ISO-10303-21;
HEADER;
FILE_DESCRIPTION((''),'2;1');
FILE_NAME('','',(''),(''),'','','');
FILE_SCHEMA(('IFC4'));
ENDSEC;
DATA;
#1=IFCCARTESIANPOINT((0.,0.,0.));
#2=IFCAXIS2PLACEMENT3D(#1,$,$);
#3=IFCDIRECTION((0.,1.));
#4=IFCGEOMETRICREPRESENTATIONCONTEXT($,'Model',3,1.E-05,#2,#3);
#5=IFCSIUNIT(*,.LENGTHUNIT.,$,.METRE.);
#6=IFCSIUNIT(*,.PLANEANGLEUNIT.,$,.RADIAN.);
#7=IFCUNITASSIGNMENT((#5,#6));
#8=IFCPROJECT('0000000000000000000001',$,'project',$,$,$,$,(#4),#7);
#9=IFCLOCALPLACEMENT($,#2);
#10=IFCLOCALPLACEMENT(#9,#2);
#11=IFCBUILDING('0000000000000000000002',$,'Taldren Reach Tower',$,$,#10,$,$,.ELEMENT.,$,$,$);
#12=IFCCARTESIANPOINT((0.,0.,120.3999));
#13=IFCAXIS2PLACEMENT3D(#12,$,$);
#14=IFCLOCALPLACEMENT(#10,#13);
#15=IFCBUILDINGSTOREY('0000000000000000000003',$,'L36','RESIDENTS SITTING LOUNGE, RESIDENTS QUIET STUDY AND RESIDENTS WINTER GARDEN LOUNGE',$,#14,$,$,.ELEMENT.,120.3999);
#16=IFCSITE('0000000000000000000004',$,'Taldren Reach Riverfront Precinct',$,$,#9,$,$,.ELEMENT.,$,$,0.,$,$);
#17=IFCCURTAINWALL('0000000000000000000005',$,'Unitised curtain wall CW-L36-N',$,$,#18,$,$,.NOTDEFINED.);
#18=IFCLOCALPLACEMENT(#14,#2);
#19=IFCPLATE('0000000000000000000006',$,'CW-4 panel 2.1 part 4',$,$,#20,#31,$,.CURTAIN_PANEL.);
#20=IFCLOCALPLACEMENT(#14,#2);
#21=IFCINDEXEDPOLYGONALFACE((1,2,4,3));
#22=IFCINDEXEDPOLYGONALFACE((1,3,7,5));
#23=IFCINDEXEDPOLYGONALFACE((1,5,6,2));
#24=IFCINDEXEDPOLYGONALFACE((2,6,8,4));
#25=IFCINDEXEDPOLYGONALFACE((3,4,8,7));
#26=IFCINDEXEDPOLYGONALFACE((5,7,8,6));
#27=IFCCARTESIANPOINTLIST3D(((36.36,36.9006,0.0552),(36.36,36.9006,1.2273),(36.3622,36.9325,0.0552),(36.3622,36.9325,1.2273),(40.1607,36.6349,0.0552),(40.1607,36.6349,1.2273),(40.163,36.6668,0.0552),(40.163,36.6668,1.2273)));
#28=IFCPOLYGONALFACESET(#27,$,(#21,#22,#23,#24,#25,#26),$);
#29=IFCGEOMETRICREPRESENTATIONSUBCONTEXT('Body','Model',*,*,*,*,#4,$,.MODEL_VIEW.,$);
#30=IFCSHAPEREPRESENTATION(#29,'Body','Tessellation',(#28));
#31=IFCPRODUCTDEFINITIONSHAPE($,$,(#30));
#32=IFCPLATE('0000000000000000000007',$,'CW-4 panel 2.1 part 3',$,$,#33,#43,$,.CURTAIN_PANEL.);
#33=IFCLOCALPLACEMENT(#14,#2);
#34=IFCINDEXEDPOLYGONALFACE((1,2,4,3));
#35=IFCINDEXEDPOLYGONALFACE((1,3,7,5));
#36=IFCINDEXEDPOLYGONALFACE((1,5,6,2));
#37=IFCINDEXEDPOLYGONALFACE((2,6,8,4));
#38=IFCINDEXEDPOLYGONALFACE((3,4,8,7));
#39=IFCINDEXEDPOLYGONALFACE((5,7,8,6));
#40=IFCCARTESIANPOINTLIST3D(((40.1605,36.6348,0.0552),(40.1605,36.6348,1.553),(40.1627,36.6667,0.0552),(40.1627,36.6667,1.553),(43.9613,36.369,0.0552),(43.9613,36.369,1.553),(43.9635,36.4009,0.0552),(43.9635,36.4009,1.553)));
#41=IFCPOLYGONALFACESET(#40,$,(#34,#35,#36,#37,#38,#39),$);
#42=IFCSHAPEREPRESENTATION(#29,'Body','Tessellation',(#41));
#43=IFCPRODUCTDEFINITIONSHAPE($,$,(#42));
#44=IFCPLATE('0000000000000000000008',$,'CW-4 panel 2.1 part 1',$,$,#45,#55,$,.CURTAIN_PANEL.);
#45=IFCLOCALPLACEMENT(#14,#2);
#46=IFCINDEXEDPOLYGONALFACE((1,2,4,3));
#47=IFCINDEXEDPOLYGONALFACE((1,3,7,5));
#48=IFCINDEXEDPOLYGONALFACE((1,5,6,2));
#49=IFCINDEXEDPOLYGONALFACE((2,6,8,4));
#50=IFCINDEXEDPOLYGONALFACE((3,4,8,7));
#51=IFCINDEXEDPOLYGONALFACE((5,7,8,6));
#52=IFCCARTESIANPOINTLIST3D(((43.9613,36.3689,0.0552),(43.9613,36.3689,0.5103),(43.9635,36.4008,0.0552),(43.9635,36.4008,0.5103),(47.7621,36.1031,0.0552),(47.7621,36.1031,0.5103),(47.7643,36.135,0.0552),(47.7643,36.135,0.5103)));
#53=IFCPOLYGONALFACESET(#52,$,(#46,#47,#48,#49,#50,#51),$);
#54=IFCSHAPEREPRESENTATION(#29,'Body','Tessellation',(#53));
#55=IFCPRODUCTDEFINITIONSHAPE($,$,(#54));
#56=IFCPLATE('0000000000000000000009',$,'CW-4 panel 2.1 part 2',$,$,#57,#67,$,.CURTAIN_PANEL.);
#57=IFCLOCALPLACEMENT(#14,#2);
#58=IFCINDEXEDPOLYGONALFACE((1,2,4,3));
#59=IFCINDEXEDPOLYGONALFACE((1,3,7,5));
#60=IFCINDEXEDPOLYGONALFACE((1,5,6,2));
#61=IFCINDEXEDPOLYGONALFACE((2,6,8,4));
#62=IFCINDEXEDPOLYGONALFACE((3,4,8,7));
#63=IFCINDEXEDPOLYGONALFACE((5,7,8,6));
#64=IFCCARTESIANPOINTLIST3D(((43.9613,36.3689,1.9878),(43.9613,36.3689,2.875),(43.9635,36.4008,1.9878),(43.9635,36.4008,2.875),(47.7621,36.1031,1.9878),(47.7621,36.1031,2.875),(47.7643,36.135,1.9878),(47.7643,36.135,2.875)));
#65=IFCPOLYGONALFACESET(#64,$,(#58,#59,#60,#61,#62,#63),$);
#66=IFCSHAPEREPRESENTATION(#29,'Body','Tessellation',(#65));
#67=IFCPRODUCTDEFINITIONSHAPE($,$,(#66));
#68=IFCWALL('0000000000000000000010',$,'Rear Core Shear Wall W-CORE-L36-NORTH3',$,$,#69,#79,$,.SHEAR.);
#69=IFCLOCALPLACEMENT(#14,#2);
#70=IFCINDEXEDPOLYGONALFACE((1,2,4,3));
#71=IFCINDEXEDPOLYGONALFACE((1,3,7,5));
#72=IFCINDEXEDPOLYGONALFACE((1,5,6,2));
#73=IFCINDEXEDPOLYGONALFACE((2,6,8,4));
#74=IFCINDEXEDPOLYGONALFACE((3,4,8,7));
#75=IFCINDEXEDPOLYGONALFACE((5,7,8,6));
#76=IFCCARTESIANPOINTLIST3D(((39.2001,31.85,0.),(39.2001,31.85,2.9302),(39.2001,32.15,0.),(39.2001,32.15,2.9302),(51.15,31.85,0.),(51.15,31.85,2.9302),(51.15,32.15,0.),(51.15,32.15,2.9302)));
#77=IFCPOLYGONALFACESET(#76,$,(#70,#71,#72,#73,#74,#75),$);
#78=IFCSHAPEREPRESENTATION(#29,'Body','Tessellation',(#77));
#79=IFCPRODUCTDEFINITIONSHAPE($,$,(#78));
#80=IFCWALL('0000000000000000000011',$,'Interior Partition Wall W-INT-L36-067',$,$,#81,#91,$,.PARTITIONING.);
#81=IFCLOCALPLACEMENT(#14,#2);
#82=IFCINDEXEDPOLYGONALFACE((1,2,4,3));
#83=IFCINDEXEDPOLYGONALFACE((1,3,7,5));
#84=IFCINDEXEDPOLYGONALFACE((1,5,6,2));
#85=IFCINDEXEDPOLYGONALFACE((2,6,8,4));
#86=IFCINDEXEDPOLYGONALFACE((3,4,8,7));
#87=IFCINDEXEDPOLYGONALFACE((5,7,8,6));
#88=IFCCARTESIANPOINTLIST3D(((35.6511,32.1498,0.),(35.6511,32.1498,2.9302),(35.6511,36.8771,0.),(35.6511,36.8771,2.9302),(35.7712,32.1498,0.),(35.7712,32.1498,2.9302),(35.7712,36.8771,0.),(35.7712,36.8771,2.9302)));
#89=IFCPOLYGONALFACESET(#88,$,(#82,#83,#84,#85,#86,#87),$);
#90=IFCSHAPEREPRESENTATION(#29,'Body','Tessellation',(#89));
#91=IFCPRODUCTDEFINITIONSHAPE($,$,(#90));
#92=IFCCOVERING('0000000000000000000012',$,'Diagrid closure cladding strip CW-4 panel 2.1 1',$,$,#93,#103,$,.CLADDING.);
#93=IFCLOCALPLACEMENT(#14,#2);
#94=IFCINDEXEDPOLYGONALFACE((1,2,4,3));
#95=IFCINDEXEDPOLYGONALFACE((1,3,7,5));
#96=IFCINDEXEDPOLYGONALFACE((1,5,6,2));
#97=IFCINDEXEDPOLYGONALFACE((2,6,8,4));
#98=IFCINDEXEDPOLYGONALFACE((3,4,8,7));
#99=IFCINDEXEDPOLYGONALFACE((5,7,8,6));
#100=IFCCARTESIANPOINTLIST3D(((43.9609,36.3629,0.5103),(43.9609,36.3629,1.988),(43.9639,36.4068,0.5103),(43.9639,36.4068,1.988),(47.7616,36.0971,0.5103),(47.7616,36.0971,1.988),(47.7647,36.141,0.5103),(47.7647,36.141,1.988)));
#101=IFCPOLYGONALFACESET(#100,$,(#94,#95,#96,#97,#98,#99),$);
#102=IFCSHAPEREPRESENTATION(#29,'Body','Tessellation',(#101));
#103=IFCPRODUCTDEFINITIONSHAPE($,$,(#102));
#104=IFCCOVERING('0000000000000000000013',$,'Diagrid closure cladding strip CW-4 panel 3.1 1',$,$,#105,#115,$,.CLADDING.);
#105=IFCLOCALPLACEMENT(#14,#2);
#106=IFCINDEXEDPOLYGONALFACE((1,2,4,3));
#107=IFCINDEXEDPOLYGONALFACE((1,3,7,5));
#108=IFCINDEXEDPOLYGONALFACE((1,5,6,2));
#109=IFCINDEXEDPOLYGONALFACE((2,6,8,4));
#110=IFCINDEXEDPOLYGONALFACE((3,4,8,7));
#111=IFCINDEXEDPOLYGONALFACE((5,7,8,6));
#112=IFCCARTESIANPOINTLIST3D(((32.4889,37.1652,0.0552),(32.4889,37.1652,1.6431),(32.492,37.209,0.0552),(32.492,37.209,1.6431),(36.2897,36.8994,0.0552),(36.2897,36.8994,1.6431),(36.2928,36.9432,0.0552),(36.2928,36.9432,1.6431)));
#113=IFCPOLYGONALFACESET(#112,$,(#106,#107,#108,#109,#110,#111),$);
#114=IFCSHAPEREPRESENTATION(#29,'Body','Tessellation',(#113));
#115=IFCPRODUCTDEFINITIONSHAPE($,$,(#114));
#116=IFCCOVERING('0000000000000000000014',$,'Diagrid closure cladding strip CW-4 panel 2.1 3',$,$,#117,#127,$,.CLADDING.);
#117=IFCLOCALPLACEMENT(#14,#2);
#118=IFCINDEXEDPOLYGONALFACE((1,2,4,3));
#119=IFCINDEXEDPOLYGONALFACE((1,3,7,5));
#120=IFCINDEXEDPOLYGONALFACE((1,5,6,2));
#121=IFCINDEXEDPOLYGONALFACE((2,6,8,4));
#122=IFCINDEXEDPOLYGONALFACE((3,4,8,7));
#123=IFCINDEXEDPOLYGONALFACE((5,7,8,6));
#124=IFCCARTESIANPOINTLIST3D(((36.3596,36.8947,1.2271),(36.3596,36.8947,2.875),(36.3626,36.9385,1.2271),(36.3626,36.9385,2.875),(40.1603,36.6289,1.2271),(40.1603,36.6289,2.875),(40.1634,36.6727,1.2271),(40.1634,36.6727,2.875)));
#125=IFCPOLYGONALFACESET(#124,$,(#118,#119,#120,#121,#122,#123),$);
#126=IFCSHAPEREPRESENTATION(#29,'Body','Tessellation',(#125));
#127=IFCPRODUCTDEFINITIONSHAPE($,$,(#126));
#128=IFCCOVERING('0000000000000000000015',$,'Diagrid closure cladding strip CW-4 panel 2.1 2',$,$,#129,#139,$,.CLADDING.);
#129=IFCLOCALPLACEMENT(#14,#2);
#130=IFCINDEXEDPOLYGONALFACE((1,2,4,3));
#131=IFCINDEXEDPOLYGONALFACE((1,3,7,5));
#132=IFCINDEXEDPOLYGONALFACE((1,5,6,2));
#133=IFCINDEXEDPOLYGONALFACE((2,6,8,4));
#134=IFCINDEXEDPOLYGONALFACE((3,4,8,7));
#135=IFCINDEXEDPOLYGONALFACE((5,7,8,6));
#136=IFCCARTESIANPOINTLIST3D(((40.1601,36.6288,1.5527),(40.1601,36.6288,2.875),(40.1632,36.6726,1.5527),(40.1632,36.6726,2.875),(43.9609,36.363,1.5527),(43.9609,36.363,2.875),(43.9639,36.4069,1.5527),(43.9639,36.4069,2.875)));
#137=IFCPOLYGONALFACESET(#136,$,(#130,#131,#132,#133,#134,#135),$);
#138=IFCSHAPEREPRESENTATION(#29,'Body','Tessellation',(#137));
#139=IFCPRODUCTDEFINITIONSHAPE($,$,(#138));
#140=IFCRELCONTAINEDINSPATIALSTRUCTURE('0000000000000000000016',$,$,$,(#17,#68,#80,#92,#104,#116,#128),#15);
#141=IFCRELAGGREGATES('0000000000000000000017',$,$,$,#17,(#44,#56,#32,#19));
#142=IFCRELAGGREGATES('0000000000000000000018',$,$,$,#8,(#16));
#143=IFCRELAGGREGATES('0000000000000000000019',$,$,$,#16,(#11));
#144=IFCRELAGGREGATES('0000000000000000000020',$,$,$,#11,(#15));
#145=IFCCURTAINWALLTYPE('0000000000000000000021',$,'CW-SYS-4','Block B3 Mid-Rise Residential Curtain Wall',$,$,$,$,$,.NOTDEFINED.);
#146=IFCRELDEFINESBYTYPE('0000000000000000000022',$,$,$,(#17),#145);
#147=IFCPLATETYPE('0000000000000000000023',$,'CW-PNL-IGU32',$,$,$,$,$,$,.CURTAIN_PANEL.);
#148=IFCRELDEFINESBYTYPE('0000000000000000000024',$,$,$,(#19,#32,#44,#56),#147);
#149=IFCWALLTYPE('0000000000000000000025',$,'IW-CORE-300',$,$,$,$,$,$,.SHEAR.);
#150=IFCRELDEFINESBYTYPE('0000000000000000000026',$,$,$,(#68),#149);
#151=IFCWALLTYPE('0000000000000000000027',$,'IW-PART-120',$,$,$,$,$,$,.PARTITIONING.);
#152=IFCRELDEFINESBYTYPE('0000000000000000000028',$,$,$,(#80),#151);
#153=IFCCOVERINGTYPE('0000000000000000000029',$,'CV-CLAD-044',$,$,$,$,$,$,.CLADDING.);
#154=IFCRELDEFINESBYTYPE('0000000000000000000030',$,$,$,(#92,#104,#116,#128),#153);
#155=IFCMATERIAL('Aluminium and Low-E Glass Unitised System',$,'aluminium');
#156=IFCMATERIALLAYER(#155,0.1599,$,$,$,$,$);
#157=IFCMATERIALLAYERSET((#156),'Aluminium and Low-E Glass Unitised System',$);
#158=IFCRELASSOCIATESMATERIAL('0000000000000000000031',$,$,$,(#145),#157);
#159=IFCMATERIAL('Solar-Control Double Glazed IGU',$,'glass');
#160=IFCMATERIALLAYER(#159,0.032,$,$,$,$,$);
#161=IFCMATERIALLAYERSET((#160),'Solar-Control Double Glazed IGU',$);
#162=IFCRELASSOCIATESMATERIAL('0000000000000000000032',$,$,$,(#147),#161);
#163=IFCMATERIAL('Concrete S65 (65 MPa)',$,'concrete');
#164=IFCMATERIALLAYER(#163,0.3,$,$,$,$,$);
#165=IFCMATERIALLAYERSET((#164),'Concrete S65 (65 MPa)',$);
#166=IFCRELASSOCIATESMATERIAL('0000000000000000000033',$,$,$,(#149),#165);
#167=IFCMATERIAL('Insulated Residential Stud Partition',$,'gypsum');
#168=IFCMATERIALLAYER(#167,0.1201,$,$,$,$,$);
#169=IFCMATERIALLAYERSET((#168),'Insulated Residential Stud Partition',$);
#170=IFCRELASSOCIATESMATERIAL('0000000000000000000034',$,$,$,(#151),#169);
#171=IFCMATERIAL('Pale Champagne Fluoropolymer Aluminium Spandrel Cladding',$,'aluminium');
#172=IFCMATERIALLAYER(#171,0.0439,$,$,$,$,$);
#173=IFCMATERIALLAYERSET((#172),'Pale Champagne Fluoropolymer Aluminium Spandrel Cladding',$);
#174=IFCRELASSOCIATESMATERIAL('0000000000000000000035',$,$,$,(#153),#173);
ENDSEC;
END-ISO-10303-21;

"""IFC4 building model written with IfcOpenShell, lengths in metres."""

from ifc_helpers import new_model, si_unit, direction, frame, frame_2d, origin, origin_2d, place, context, subcontext, project, spatial, rectangle, extrude, source, transform, mapped, material, layer, layer_set, type_object, element, aggregate, save


model = new_model("IFC4")

# Units and contexts
model_context = context("Model", 3, precision=1e-05, world=origin(), true_north=direction((0.0, 1.0)))
body_context = subcontext(model_context, "Body", "Model", "MODEL_VIEW")
ifc_project = project(units=[si_unit("LENGTHUNIT", "METRE"), si_unit("PLANEANGLEUNIT", "RADIAN")], contexts=[model_context])

# Site, building, storey
site_placement = place(None, origin())
site = spatial("IfcSite", under=ifc_project, at=site_placement, Name="Taldren Reach Riverfront Precinct", CompositionType="ELEMENT", RefElevation=0.0)
building_placement = place(site_placement, origin())
building = spatial("IfcBuilding", under=site, at=building_placement, Name="Taldren Reach Tower", CompositionType="ELEMENT")
storey_placement = place(building_placement, frame((0.0, 0.0, 120.3999)))
storey = spatial("IfcBuildingStorey", under=building, at=storey_placement, Name="L36", Description="RESIDENTS SITTING LOUNGE, RESIDENTS QUIET STUDY AND RESIDENTS WINTER GARDEN LOUNGE", CompositionType="ELEMENT", Elevation=120.3999)

# Curtain wall
ifc_material_1 = material(Name="Aluminium and Low-E Glass Unitised System", Category="aluminium")
ifc_layer_1 = layer(ifc_material_1, 0.1599)
ifc_layer_set_1 = layer_set([ifc_layer_1], Name="Aluminium and Low-E Glass Unitised System")
curtain_wall_type = type_object("IfcCurtainWallType", Name="CW-SYS-4", Description="Block B3 Mid-Rise Residential Curtain Wall", PredefinedType="NOTDEFINED", material=ifc_layer_set_1)
curtain_wall_placement = place(storey_placement, origin())
curtain_wall = element("IfcCurtainWall", 1, at=curtain_wall_placement, inside=storey, type_object=curtain_wall_type, Name="Unitised curtain wall CW-L36-N", PredefinedType="NOTDEFINED")

# Plates
ifc_material_2 = material(Name="Solar-Control Double Glazed IGU", Category="glass")
ifc_layer_2 = layer(ifc_material_2, 0.032)
ifc_layer_set_2 = layer_set([ifc_layer_2], Name="Solar-Control Double Glazed IGU")
plate_type_1 = type_object("IfcPlateType", Name="CW-PNL-IGU32", PredefinedType="CURTAIN_PANEL", material=ifc_layer_set_2)
shared_shape_1 = source(origin(), body_context, "Body", "SweptSolid", [
    extrude(rectangle(XDim=3.8101, YDim=0.032, at=origin_2d()), origin(), (0.0, 0.0, 1.0), 1.1721),
])
plate_1_placement = place(storey_placement, frame((38.2615, 36.7837, 0.0552), z_axis=(0.0, 0.0, 1.0), x_axis=(-0.997564, 0.069757, 0.0)))
plate_1 = element("IfcPlate", 2, at=plate_1_placement, type_object=plate_type_1, Name="CW-4 panel 2.1 part 4", PredefinedType="CURTAIN_PANEL", context=body_context, shape_type="MappedRepresentation", body=[
    mapped(shared_shape_1, transform((0.0, 0.0, 0.0), scale=1.0)),
])
shared_shape_2 = source(origin(), body_context, "Body", "SweptSolid", [
    extrude(rectangle(XDim=3.8101, YDim=0.032, at=origin_2d()), origin(), (0.0, 0.0, 1.0), 1.4978),
])
plate_2_placement = place(storey_placement, frame((42.062, 36.5178, 0.0552), z_axis=(0.0, 0.0, 1.0), x_axis=(-0.997564, 0.069757, 0.0)))
plate_2 = element("IfcPlate", 3, at=plate_2_placement, type_object=plate_type_1, Name="CW-4 panel 2.1 part 3", PredefinedType="CURTAIN_PANEL", context=body_context, shape_type="MappedRepresentation", body=[
    mapped(shared_shape_2, transform((0.0, 0.0, 0.0), scale=1.0)),
])
shared_shape_3 = source(origin(), body_context, "Body", "SweptSolid", [
    extrude(rectangle(XDim=3.8101, YDim=0.032, at=origin_2d()), origin(), (0.0, 0.0, 1.0), 0.4551),
])
plate_3_placement = place(storey_placement, frame((45.8628, 36.252, 0.0552), z_axis=(0.0, 0.0, 1.0), x_axis=(-0.997564, 0.069757, 0.0)))
plate_3 = element("IfcPlate", 4, at=plate_3_placement, type_object=plate_type_1, Name="CW-4 panel 2.1 part 1", PredefinedType="CURTAIN_PANEL", context=body_context, shape_type="MappedRepresentation", body=[
    mapped(shared_shape_3, transform((0.0, 0.0, 0.0), scale=1.0)),
])
shared_shape_4 = source(origin(), body_context, "Body", "SweptSolid", [
    extrude(rectangle(XDim=3.8101, YDim=0.032, at=origin_2d()), origin(), (0.0, 0.0, 1.0), 0.8872),
])
plate_4_placement = place(storey_placement, frame((45.8628, 36.252, 1.9878), z_axis=(0.0, 0.0, 1.0), x_axis=(-0.997564, 0.069757, 0.0)))
plate_4 = element("IfcPlate", 5, at=plate_4_placement, type_object=plate_type_1, Name="CW-4 panel 2.1 part 2", PredefinedType="CURTAIN_PANEL", context=body_context, shape_type="MappedRepresentation", body=[
    mapped(shared_shape_4, transform((0.0, 0.0, 0.0), scale=1.0)),
])
aggregate(curtain_wall, [plate_3, plate_4, plate_2, plate_1])

# Walls
ifc_material_3 = material(Name="Concrete S65 (65 MPa)", Category="concrete")
ifc_layer_3 = layer(ifc_material_3, 0.3)
ifc_layer_set_3 = layer_set([ifc_layer_3], Name="Concrete S65 (65 MPa)")
wall_type_1 = type_object("IfcWallType", Name="IW-CORE-300", PredefinedType="SHEAR", material=ifc_layer_set_3)
shared_shape_5 = source(origin(), body_context, "Body", "SweptSolid", [
    extrude(rectangle(XDim=11.95, YDim=0.3, at=frame_2d((5.9751, 0.0))), origin(), (0.0, 0.0, 1.0), 2.9302),
])
wall_1_placement = place(storey_placement, frame((39.2, 32.0, 0.0), z_axis=(0.0, 0.0, 1.0), x_axis=(1.0, 0.0, 0.0)))
element("IfcWall", 6, at=wall_1_placement, inside=storey, type_object=wall_type_1, Name="Rear Core Shear Wall W-CORE-L36-NORTH3", PredefinedType="SHEAR", context=body_context, shape_type="MappedRepresentation", body=[
    mapped(shared_shape_5, transform((0.0, 0.0, 0.0), scale=1.0)),
])
ifc_material_4 = material(Name="Insulated Residential Stud Partition", Category="gypsum")
ifc_layer_4 = layer(ifc_material_4, 0.1201)
ifc_layer_set_4 = layer_set([ifc_layer_4], Name="Insulated Residential Stud Partition")
wall_type_2 = type_object("IfcWallType", Name="IW-PART-120", PredefinedType="PARTITIONING", material=ifc_layer_set_4)
shared_shape_6 = source(origin(), body_context, "Body", "SweptSolid", [
    extrude(rectangle(XDim=4.7273, YDim=0.1201, at=frame_2d((2.3638, 0.0))), origin(), (0.0, 0.0, 1.0), 2.9302),
])
wall_2_placement = place(storey_placement, frame((35.7112, 36.8772, 0.0), z_axis=(0.0, 0.0, 1.0), x_axis=(0.0, -1.0, 0.0)))
element("IfcWall", 7, at=wall_2_placement, inside=storey, type_object=wall_type_2, Name="Interior Partition Wall W-INT-L36-067", PredefinedType="PARTITIONING", context=body_context, shape_type="MappedRepresentation", body=[
    mapped(shared_shape_6, transform((0.0, 0.0, 0.0), scale=1.0)),
])

# Coverings
ifc_material_5 = material(Name="Pale Champagne Fluoropolymer Aluminium Spandrel Cladding", Category="aluminium")
ifc_layer_5 = layer(ifc_material_5, 0.0439)
ifc_layer_set_5 = layer_set([ifc_layer_5], Name="Pale Champagne Fluoropolymer Aluminium Spandrel Cladding")
covering_type = type_object("IfcCoveringType", Name="CV-CLAD-044", PredefinedType="CLADDING", material=ifc_layer_set_5)
shared_shape_7 = source(origin(), body_context, "Body", "SweptSolid", [
    extrude(rectangle(XDim=3.8101, YDim=0.0439, at=origin_2d()), origin(), (0.0, 0.0, 1.0), 1.4778),
])
covering_1_placement = place(storey_placement, frame((45.8628, 36.252, 0.5103), z_axis=(0.0, 0.0, 1.0), x_axis=(-0.997564, 0.069757, 0.0)))
element("IfcCovering", 8, at=covering_1_placement, inside=storey, type_object=covering_type, Name="Diagrid closure cladding strip CW-4 panel 2.1 1", PredefinedType="CLADDING", context=body_context, shape_type="MappedRepresentation", body=[
    mapped(shared_shape_7, transform((0.0, 0.0, 0.0), scale=1.0)),
])
shared_shape_8 = source(origin(), body_context, "Body", "SweptSolid", [
    extrude(rectangle(XDim=3.8101, YDim=0.0439, at=origin_2d()), origin(), (0.0, 0.0, 1.0), 1.5879),
])
covering_2_placement = place(storey_placement, frame((34.3909, 37.0542, 0.0552), z_axis=(0.0, 0.0, 1.0), x_axis=(-0.997564, 0.069757, 0.0)))
element("IfcCovering", 9, at=covering_2_placement, inside=storey, type_object=covering_type, Name="Diagrid closure cladding strip CW-4 panel 3.1 1", PredefinedType="CLADDING", context=body_context, shape_type="MappedRepresentation", body=[
    mapped(shared_shape_8, transform((0.0, 0.0, 0.0), scale=1.0)),
])
shared_shape_9 = source(origin(), body_context, "Body", "SweptSolid", [
    extrude(rectangle(XDim=3.8101, YDim=0.0439, at=origin_2d()), origin(), (0.0, 0.0, 1.0), 1.6479),
])
covering_3_placement = place(storey_placement, frame((38.2615, 36.7837, 1.2271), z_axis=(0.0, 0.0, 1.0), x_axis=(-0.997564, 0.069757, 0.0)))
element("IfcCovering", 10, at=covering_3_placement, inside=storey, type_object=covering_type, Name="Diagrid closure cladding strip CW-4 panel 2.1 3", PredefinedType="CLADDING", context=body_context, shape_type="MappedRepresentation", body=[
    mapped(shared_shape_9, transform((0.0, 0.0, 0.0), scale=1.0)),
])
shared_shape_10 = source(origin(), body_context, "Body", "SweptSolid", [
    extrude(rectangle(XDim=3.8101, YDim=0.0439, at=origin_2d()), origin(), (0.0, 0.0, 1.0), 1.3223),
])
covering_4_placement = place(storey_placement, frame((42.062, 36.5178, 1.5527), z_axis=(0.0, 0.0, 1.0), x_axis=(-0.997564, 0.069757, 0.0)))
element("IfcCovering", 11, at=covering_4_placement, inside=storey, type_object=covering_type, Name="Diagrid closure cladding strip CW-4 panel 2.1 2", PredefinedType="CLADDING", context=body_context, shape_type="MappedRepresentation", body=[
    mapped(shared_shape_10, transform((0.0, 0.0, 0.0), scale=1.0)),
])

save(model, "model.ifc")
